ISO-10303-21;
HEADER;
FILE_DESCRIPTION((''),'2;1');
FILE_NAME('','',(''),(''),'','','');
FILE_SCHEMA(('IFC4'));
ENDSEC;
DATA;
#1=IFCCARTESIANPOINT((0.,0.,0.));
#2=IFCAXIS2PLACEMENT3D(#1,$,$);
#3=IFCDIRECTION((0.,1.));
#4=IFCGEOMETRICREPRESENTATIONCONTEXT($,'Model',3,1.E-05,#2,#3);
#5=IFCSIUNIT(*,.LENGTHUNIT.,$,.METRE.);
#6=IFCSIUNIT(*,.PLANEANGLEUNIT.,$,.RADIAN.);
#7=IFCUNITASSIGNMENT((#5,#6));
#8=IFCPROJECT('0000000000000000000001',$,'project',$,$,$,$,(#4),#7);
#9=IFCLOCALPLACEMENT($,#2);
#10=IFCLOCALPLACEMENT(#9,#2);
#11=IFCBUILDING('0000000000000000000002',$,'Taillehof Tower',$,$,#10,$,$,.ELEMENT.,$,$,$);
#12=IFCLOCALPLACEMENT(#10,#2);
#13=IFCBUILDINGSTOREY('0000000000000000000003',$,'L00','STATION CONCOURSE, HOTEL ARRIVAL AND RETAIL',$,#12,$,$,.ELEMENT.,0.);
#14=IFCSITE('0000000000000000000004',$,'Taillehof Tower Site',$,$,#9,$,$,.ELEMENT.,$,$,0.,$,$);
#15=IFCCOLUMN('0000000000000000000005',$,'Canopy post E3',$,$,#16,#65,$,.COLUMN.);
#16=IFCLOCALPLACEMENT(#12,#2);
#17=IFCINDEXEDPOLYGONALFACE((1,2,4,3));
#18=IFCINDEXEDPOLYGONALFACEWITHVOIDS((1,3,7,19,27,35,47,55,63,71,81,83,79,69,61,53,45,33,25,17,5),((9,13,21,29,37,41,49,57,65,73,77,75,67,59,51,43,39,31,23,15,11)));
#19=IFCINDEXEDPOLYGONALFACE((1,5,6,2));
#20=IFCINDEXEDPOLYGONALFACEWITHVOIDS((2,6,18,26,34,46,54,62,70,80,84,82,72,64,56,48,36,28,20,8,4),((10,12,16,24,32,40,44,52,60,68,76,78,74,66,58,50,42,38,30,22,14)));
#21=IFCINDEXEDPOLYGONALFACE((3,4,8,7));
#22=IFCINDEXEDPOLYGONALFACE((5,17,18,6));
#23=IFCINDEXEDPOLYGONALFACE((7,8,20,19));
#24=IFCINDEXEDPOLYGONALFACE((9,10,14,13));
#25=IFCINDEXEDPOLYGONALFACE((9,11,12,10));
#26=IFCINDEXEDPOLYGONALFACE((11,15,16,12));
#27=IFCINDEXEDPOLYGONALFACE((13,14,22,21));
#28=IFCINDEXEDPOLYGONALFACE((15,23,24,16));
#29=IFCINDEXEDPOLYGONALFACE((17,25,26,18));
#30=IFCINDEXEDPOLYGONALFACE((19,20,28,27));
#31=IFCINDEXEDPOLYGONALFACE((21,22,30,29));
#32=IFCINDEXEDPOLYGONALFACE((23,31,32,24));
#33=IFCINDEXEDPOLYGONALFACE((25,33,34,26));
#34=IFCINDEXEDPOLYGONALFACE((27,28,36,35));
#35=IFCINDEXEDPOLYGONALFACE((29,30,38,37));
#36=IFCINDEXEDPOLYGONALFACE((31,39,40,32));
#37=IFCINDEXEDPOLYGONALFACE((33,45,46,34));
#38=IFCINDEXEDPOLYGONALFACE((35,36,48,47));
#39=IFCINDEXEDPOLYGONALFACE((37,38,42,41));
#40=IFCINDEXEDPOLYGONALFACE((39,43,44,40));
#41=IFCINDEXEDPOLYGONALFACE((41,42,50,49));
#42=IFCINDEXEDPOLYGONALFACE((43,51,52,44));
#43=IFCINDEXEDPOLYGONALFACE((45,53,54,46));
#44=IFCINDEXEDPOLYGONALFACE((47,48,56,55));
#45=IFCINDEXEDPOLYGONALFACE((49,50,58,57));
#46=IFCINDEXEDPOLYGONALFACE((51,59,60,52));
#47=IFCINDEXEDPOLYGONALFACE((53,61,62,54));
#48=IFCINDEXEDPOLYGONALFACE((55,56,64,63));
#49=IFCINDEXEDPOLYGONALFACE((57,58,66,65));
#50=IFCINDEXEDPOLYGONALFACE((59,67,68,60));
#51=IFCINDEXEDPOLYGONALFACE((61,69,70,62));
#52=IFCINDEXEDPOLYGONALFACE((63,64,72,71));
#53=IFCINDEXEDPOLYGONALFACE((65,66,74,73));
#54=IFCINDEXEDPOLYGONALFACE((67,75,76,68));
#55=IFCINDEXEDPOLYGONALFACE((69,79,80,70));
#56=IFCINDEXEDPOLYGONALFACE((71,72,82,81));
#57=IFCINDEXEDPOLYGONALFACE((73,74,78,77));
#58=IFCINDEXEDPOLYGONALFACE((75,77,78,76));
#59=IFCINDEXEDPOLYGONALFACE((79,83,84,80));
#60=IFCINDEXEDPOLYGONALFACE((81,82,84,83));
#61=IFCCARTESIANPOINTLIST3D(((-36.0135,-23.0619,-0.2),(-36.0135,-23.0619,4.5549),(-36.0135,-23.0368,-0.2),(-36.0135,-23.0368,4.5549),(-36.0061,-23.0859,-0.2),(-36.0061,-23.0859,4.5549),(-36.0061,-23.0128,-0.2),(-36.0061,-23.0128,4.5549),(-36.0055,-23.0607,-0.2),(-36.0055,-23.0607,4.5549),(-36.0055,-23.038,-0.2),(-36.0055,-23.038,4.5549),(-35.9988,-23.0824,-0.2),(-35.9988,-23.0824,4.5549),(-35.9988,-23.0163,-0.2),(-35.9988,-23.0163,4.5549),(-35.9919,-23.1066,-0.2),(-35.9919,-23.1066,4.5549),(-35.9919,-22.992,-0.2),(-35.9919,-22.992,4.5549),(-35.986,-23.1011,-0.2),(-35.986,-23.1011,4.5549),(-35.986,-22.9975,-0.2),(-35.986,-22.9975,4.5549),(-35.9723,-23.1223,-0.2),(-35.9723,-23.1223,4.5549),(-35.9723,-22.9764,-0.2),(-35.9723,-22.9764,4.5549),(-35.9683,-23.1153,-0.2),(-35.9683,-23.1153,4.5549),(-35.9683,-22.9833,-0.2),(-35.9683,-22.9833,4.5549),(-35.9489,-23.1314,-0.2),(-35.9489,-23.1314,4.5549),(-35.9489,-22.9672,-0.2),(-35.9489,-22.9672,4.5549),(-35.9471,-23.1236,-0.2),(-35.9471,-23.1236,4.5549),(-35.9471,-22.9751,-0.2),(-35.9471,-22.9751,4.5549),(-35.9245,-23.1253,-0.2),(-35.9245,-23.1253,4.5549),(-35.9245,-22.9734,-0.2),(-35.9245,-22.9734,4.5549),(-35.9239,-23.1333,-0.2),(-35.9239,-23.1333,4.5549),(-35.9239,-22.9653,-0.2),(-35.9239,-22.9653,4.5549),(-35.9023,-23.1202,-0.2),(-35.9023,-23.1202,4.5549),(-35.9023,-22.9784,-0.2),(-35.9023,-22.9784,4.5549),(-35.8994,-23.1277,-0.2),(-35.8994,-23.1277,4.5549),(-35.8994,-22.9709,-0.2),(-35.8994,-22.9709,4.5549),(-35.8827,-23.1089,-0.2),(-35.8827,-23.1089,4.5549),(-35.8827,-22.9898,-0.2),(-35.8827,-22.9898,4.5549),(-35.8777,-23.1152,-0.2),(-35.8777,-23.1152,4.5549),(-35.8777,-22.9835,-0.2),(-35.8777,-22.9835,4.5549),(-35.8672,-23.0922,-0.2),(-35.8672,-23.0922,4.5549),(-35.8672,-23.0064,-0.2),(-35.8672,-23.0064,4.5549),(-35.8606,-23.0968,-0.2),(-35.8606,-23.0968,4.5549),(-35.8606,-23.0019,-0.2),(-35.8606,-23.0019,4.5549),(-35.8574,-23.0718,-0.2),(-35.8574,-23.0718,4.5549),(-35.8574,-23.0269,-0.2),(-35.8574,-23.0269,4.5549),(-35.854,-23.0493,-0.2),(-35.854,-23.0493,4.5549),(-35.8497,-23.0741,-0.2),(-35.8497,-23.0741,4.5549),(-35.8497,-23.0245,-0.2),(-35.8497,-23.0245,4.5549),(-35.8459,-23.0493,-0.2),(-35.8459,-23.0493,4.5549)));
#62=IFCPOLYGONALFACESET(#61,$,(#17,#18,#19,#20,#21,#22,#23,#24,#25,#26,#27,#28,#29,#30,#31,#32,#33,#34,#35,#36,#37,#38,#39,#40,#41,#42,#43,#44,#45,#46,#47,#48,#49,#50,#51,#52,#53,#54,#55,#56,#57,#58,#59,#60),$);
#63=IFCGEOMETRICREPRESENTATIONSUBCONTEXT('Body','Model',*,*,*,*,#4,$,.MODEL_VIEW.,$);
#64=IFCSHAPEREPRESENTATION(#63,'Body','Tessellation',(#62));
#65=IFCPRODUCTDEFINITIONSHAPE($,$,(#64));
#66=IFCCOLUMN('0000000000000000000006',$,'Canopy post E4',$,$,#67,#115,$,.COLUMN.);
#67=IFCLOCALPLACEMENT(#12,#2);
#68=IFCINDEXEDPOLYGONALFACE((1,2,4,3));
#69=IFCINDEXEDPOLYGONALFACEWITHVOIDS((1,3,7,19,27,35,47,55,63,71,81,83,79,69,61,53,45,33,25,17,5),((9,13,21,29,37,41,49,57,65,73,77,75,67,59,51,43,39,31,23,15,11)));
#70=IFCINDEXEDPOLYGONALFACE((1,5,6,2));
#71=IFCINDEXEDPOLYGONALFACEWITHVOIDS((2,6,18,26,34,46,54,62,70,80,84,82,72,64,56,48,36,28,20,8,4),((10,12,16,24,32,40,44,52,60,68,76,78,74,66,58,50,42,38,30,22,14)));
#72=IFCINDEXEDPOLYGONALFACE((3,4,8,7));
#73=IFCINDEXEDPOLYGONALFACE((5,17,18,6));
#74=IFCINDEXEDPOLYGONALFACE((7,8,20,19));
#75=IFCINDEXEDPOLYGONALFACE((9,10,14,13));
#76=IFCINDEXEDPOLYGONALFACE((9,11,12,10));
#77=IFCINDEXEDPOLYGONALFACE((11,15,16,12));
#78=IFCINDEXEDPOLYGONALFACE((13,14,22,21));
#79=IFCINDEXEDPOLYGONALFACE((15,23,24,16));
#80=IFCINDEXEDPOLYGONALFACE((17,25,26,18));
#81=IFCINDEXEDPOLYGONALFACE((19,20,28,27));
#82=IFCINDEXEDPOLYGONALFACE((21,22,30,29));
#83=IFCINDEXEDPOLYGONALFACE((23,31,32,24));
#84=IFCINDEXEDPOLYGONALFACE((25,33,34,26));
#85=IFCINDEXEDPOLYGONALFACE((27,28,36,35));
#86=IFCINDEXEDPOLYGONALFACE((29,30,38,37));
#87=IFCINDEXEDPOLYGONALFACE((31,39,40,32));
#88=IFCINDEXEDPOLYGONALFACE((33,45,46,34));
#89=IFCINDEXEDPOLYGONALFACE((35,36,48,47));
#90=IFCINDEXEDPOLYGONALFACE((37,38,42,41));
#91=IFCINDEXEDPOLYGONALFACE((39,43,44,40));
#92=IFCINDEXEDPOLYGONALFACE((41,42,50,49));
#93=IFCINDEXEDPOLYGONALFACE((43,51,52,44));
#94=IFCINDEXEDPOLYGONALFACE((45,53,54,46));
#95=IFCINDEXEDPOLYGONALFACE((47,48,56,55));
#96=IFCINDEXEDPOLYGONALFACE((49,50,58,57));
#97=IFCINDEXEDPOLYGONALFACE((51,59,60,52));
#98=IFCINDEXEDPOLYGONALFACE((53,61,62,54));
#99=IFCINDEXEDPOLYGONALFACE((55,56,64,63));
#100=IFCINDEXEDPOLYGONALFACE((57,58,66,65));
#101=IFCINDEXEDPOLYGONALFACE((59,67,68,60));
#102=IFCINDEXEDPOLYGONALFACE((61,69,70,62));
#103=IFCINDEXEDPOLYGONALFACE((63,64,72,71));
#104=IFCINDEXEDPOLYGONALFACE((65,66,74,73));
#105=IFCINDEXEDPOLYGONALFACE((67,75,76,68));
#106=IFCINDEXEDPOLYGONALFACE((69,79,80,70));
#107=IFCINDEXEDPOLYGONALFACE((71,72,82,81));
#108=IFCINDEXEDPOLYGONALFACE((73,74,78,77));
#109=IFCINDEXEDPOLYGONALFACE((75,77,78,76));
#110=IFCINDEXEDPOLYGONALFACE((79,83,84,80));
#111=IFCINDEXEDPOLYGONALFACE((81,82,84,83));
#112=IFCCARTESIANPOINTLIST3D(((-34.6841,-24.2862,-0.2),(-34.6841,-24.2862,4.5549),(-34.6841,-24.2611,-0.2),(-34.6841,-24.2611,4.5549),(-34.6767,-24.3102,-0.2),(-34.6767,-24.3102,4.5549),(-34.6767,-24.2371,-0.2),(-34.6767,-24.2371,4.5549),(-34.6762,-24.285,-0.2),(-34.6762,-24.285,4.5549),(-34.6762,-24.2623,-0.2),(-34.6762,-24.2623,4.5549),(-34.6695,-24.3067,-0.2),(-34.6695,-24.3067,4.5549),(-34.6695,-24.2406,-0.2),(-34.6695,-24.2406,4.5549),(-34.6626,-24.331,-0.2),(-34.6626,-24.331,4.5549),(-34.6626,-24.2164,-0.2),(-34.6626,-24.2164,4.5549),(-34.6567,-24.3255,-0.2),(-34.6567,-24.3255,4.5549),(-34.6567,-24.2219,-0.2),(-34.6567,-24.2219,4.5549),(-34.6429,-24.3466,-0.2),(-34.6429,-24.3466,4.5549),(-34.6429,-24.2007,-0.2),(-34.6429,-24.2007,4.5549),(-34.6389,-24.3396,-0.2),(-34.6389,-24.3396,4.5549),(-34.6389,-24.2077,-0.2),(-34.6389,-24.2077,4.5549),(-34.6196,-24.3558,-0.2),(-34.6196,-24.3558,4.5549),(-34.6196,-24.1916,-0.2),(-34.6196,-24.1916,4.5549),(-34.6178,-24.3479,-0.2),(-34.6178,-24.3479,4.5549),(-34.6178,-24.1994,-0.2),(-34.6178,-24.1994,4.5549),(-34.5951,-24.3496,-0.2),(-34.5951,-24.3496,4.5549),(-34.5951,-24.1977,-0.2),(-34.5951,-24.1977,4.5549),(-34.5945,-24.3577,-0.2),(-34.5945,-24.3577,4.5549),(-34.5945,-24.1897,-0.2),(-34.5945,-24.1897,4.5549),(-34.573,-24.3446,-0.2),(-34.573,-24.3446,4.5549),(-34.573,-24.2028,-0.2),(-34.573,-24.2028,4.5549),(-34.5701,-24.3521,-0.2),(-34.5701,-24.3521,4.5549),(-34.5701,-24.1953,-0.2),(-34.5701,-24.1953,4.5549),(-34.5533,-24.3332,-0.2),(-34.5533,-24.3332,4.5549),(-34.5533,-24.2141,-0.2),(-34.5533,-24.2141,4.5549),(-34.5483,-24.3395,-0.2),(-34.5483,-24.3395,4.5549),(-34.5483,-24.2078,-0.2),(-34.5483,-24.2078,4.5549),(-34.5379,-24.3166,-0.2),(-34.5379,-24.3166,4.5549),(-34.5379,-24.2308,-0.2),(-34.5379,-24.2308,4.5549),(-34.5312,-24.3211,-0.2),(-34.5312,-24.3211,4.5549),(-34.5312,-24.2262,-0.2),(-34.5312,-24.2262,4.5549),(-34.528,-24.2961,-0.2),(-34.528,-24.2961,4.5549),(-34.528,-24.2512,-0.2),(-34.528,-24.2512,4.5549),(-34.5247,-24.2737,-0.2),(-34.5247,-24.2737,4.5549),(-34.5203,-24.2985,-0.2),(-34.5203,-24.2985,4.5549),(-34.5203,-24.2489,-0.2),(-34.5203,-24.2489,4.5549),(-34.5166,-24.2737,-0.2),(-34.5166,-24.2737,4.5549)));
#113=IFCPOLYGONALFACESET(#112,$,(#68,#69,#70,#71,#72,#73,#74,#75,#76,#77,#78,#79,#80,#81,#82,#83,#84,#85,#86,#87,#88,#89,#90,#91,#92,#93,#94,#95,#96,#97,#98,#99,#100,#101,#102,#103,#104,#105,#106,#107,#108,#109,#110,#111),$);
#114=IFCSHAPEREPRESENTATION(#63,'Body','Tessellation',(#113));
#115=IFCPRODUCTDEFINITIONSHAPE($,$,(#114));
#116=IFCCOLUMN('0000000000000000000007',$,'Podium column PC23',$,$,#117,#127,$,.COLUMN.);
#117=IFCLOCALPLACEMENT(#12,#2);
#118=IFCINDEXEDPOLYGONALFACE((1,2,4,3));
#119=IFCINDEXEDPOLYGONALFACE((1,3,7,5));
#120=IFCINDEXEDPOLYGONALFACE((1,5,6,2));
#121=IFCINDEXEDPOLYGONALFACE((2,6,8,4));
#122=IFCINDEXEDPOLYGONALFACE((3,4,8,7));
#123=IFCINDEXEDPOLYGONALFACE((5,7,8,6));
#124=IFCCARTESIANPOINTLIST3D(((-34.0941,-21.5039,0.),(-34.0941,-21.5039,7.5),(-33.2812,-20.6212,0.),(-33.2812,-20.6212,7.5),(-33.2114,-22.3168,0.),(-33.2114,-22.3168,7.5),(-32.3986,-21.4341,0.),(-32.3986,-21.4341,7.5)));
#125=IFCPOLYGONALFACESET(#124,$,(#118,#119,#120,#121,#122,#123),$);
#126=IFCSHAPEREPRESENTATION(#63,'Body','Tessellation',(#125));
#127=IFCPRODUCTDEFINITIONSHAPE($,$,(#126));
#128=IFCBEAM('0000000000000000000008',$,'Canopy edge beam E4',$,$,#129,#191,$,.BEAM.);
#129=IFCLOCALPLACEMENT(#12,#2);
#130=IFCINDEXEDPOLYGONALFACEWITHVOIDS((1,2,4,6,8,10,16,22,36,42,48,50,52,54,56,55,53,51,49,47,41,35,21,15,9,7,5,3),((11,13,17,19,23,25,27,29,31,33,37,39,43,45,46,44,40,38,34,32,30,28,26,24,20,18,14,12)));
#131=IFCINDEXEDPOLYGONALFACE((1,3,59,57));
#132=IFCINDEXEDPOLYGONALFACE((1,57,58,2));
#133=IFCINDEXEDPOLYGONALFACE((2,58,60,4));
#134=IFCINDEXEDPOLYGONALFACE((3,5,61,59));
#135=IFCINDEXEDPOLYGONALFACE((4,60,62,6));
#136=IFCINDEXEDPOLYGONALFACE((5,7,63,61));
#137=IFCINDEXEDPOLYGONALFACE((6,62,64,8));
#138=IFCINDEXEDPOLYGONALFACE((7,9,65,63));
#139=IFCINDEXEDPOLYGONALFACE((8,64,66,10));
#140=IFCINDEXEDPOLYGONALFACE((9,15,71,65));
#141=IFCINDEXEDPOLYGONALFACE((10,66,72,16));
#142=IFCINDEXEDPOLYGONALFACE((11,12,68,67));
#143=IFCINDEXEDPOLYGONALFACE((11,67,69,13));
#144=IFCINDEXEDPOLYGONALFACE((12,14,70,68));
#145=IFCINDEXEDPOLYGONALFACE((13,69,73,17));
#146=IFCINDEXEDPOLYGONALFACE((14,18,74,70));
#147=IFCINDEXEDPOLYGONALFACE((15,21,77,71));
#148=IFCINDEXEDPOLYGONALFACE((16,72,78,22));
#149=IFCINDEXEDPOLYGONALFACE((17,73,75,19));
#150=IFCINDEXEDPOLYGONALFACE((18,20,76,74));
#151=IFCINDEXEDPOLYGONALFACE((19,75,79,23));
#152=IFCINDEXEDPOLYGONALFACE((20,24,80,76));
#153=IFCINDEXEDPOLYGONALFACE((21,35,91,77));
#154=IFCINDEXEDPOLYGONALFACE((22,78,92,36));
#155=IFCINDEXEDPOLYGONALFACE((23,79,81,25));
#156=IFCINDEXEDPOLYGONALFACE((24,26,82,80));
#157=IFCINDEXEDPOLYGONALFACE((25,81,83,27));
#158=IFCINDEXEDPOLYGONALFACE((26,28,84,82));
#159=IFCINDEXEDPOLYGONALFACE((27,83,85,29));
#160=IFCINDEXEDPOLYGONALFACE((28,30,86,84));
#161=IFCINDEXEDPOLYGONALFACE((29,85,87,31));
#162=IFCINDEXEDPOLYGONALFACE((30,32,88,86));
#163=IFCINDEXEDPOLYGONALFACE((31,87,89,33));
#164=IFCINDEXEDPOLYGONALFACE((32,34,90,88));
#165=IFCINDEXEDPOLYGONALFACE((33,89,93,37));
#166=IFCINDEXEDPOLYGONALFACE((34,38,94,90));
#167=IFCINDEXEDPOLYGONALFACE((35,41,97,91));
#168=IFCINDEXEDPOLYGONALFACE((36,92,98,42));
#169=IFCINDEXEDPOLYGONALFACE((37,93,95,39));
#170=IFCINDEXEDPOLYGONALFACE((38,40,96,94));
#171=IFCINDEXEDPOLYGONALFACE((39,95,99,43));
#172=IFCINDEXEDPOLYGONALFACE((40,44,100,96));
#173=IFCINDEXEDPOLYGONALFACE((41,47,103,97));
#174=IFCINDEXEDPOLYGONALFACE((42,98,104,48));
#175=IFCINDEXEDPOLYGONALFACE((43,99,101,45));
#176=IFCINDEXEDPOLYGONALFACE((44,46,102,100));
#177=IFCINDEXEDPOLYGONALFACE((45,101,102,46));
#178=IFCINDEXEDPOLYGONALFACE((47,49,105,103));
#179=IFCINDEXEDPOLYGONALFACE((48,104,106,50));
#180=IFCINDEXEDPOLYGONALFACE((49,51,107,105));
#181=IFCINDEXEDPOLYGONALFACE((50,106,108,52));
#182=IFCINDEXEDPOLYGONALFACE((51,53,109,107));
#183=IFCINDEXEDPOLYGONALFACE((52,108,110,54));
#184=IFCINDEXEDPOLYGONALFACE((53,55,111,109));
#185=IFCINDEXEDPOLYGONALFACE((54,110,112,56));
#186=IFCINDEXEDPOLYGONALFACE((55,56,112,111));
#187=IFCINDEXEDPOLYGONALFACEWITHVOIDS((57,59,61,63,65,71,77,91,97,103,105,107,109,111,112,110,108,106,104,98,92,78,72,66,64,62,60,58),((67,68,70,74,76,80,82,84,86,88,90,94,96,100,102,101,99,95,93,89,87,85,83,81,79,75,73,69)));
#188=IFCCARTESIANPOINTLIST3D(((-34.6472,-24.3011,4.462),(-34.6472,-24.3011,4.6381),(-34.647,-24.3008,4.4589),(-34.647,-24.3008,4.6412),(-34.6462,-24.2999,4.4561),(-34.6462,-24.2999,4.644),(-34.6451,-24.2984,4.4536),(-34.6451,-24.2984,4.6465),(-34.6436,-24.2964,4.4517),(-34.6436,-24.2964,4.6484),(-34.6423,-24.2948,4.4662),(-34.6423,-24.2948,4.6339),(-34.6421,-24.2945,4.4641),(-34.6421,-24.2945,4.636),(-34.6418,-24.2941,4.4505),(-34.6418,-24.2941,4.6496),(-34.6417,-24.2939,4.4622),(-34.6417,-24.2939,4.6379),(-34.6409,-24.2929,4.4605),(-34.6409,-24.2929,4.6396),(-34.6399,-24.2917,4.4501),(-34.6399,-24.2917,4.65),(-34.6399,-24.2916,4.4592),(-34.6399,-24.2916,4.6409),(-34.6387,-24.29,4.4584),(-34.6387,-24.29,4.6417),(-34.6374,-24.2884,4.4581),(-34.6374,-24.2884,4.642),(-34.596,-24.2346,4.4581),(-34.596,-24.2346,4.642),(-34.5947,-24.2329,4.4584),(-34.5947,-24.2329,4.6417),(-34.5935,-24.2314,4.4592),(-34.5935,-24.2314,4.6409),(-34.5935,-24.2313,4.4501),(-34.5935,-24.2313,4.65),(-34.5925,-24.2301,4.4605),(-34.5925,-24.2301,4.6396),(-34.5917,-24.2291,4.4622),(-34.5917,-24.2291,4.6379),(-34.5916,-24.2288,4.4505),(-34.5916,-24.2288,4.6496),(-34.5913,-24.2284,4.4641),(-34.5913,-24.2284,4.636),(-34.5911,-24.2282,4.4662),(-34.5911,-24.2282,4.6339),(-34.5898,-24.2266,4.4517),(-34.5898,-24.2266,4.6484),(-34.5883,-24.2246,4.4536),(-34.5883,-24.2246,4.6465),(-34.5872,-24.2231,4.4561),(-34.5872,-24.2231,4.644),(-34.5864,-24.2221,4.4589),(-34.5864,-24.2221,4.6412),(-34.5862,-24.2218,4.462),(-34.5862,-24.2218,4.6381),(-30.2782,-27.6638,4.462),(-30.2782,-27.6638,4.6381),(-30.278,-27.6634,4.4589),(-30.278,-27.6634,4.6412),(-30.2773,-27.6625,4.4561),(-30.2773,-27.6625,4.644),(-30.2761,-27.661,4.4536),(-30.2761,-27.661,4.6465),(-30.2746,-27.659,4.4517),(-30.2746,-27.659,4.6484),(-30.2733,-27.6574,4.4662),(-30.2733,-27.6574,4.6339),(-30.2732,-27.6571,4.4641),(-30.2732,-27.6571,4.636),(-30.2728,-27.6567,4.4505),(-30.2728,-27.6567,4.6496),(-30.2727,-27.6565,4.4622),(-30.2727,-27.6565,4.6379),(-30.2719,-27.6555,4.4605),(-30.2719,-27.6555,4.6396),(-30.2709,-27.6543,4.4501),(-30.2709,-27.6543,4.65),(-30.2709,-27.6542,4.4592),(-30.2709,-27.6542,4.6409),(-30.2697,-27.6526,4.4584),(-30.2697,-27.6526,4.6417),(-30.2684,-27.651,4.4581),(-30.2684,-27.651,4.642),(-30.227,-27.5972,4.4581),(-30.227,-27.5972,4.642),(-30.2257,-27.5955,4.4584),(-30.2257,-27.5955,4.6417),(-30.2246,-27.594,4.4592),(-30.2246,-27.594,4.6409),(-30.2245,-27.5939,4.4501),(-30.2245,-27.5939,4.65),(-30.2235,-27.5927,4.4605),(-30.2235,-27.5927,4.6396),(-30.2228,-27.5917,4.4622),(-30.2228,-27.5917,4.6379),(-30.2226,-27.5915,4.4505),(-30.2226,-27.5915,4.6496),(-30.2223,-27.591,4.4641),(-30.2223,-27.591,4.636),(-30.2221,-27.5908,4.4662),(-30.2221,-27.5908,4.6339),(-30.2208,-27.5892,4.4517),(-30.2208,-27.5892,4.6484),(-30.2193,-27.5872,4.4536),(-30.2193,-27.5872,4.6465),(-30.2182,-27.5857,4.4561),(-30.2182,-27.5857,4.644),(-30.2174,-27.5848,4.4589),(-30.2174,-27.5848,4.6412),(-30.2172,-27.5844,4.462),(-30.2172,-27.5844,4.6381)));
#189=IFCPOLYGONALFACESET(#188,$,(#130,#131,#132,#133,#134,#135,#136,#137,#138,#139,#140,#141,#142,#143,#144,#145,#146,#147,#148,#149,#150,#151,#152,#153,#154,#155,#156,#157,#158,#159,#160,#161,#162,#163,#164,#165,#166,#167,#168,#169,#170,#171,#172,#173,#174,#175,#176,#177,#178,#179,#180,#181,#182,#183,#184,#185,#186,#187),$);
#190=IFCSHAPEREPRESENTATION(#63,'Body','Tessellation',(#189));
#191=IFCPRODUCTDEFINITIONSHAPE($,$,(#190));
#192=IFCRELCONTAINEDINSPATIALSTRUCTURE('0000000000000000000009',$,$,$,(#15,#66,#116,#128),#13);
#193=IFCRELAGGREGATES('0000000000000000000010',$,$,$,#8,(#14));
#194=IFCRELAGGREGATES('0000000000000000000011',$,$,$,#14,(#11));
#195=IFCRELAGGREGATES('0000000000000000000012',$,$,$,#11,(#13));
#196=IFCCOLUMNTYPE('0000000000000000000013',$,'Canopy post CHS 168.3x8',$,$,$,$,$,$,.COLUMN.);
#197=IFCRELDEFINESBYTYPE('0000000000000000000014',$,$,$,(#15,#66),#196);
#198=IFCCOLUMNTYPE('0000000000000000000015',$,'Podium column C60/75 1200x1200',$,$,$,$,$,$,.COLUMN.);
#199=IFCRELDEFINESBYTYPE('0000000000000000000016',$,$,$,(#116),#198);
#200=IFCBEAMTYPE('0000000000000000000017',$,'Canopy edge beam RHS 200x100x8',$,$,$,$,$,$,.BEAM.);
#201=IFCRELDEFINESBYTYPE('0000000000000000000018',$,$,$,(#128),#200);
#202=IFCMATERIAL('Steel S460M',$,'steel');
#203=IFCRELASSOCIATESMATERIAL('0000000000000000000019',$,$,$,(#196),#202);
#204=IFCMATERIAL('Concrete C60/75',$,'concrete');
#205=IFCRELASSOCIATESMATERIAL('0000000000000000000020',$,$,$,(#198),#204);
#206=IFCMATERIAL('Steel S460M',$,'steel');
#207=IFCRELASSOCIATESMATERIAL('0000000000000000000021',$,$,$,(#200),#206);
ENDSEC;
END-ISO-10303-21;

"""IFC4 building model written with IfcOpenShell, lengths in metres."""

from ifc_helpers import new_model, si_unit, direction, frame, origin, origin_2d, place, context, subcontext, project, spatial, rectangle, hollow_rectangle, hollow_circle, extrude, material, material_profile, profile_set, type_object, element, save


model = new_model("IFC4")

# Units and contexts
model_context = context("Model", 3, precision=1e-05, world=origin(), true_north=direction((0.0, 1.0)))
body_context = subcontext(model_context, "Body", "Model", "MODEL_VIEW")
ifc_project = project(units=[si_unit("LENGTHUNIT", "METRE"), si_unit("PLANEANGLEUNIT", "RADIAN")], contexts=[model_context])

# Site, building, storey
site_placement = place(None, origin())
site = spatial("IfcSite", under=ifc_project, at=site_placement, Name="Taillehof Tower Site", CompositionType="ELEMENT", RefElevation=0.0)
building_placement = place(site_placement, origin())
building = spatial("IfcBuilding", under=site, at=building_placement, Name="Taillehof Tower", CompositionType="ELEMENT")
storey_placement = place(building_placement, origin())
storey = spatial("IfcBuildingStorey", under=building, at=storey_placement, Name="L00", Description="STATION CONCOURSE, HOTEL ARRIVAL AND RETAIL", CompositionType="ELEMENT", Elevation=0.0)

# Columns
ifc_material_1 = material(Name="Steel S460M", Category="steel")
ifc_material_profile_1 = material_profile(ifc_material_1, hollow_circle(Radius=0.0842, WallThickness=0.0081, at=origin_2d()), Name="CHS 168.3x8")
ifc_profile_set_1 = profile_set([ifc_material_profile_1], Name="Steel S460M")
column_type_1 = type_object("IfcColumnType", Name="Canopy post CHS 168.3x8", PredefinedType="COLUMN", material=ifc_profile_set_1)
for number, where, z_axis, x_axis, name in (
    (1, (-35.9302, -23.0493, -0.2), (0.0, 0.0, 1.0), (1.0, 0.0, 0.0), "Canopy post E3"),
    (2, (-34.6008, -24.2737, -0.2), (0.0, 0.0, 1.0), (1.0, 0.0, 0.0), "Canopy post E4"),
):
    element("IfcColumn", number, at=place(storey_placement, frame(where, z_axis=z_axis, x_axis=x_axis)), inside=storey, type_object=column_type_1, Name=name, PredefinedType="COLUMN", context=body_context, shape_type="SweptSolid", body=[
        extrude(hollow_circle(Radius=0.0842, WallThickness=0.0081, at=origin_2d()), origin(), (0.0, 0.0, 1.0), 4.7549),
    ])
ifc_material_2 = material(Name="Concrete C60/75", Category="concrete")
ifc_material_profile_2 = material_profile(ifc_material_2, rectangle(XDim=1.2, YDim=1.2, at=origin_2d()), Name="RC 1200x1200")
ifc_profile_set_2 = profile_set([ifc_material_profile_2], Name="Concrete C60/75")
column_type_2 = type_object("IfcColumnType", Name="Podium column C60/75 1200x1200", PredefinedType="COLUMN", material=ifc_profile_set_2)
column_placement = place(storey_placement, frame((-33.2463, -21.469, 0.0), z_axis=(0.0, 0.0, 1.0), x_axis=(-0.677415, -0.735601, 0.0)))
element("IfcColumn", 3, at=column_placement, inside=storey, type_object=column_type_2, Name="Podium column PC23", PredefinedType="COLUMN", context=body_context, shape_type="SweptSolid", body=[
    extrude(rectangle(XDim=1.2, YDim=1.2, at=origin_2d()), origin(), (0.0, 0.0, 1.0), 7.5),
])

# Beam
ifc_material_3 = material(Name="Steel S460M", Category="steel")
ifc_material_profile_3 = material_profile(ifc_material_3, hollow_rectangle(XDim=0.1001, YDim=0.2, WallThickness=0.0081, InnerFilletRadius=0.0081, OuterFilletRadius=0.012, at=origin_2d()), Name="RHS 200x100x8")
ifc_profile_set_3 = profile_set([ifc_material_profile_3], Name="Steel S460M")
beam_type_1 = type_object("IfcBeamType", Name="Canopy edge beam RHS 200x100x8", PredefinedType="BEAM", material=ifc_profile_set_3)
beam_1_placement = place(storey_placement, frame((-34.6167, -24.2615, 4.55), z_axis=(0.792461, -0.609923, 0.0), x_axis=(0.609923, 0.792461, 0.0)))
element("IfcBeam", 4, at=beam_1_placement, inside=storey, type_object=beam_type_1, Name="Canopy edge beam E4", PredefinedType="BEAM", context=body_context, shape_type="SweptSolid", body=[
    extrude(hollow_rectangle(XDim=0.1001, YDim=0.2, WallThickness=0.0081, InnerFilletRadius=0.0081, OuterFilletRadius=0.012, at=origin_2d()), origin(), (0.0, 0.0, 1.0), 5.5132),
])

save(model, "model.ifc")
